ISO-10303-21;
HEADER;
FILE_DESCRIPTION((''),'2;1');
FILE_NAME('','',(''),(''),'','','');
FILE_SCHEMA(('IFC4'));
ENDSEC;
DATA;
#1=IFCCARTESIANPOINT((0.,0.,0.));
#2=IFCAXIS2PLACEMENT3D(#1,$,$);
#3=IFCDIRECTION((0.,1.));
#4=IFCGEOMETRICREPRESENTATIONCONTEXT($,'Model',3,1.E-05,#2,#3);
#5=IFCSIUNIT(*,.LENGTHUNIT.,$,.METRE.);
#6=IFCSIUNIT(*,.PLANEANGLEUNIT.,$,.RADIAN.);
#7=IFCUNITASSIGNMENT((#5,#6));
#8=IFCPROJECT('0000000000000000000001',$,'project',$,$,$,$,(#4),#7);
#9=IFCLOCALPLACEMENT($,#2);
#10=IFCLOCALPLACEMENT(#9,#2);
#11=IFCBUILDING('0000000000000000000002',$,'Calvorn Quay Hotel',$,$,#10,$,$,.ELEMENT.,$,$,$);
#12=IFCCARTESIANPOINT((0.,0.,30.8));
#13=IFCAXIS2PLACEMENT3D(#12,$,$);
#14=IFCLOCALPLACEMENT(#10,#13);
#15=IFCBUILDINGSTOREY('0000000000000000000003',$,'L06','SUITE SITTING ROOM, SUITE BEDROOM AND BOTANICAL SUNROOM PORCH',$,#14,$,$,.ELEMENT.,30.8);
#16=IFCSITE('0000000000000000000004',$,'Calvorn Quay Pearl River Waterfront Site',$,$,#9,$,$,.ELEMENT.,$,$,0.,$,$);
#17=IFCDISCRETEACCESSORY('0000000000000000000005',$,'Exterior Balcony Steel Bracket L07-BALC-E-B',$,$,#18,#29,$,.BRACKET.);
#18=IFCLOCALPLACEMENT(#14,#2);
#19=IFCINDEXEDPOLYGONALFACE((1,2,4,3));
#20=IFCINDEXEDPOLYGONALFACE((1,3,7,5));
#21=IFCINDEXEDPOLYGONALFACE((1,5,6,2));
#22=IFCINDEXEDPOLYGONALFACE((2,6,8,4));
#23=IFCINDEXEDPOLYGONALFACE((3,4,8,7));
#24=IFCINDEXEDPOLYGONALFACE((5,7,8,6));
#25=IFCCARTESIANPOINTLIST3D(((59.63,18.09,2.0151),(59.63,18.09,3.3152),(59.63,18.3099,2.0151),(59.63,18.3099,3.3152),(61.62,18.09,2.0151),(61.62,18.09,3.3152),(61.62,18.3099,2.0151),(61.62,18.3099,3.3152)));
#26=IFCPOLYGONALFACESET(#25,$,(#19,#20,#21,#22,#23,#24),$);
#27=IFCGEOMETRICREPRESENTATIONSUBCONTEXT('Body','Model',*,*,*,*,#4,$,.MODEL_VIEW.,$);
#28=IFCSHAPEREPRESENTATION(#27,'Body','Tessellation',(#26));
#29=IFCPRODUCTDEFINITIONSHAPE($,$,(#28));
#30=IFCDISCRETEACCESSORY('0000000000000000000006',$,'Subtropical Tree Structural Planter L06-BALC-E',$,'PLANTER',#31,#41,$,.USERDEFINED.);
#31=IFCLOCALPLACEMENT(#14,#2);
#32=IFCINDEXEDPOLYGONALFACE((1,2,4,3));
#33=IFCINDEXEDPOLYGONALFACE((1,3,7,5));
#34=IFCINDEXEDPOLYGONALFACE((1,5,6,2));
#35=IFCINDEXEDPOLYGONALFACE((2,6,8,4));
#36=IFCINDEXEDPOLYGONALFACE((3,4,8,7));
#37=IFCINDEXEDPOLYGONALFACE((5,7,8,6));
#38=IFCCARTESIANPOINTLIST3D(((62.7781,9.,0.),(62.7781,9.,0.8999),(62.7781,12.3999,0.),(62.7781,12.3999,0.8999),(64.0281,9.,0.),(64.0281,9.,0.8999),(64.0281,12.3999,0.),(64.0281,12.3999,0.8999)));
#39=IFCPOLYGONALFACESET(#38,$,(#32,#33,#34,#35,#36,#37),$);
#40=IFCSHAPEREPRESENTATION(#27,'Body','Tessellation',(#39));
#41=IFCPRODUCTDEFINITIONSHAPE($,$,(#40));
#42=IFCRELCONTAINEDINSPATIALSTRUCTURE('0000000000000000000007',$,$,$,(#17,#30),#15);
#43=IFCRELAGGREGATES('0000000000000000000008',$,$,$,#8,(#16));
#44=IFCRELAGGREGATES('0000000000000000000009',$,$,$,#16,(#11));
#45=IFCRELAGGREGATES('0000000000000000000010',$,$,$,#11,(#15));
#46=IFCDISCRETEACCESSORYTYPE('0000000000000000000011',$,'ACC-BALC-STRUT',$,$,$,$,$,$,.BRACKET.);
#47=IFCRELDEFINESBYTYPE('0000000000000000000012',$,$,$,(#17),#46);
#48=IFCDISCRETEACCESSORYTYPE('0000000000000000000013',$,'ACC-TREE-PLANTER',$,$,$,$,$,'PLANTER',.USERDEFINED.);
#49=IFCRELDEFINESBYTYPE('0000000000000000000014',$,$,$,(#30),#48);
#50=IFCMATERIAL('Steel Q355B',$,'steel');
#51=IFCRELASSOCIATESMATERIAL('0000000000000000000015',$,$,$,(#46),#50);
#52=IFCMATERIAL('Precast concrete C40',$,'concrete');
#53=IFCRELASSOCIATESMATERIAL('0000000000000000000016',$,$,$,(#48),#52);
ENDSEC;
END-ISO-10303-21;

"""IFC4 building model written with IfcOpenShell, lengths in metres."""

from ifc_helpers import new_model, si_unit, direction, frame, origin, origin_2d, place, context, subcontext, project, spatial, rectangle, extrude, material, type_object, element, save


model = new_model("IFC4")

# Units and contexts
model_context = context("Model", 3, precision=1e-05, world=origin(), true_north=direction((0.0, 1.0)))
body_context = subcontext(model_context, "Body", "Model", "MODEL_VIEW")
ifc_project = project(units=[si_unit("LENGTHUNIT", "METRE"), si_unit("PLANEANGLEUNIT", "RADIAN")], contexts=[model_context])

# Site, building, storey
site_placement = place(None, origin())
site = spatial("IfcSite", under=ifc_project, at=site_placement, Name="Calvorn Quay Pearl River Waterfront Site", CompositionType="ELEMENT", RefElevation=0.0)
building_placement = place(site_placement, origin())
building = spatial("IfcBuilding", under=site, at=building_placement, Name="Calvorn Quay Hotel", CompositionType="ELEMENT")
storey_placement = place(building_placement, frame((0.0, 0.0, 30.8)))
storey = spatial("IfcBuildingStorey", under=building, at=storey_placement, Name="L06", Description="SUITE SITTING ROOM, SUITE BEDROOM AND BOTANICAL SUNROOM PORCH", CompositionType="ELEMENT", Elevation=30.8)

# Discrete accessories
ifc_material_1 = material(Name="Steel Q355B", Category="steel")
discrete_accessory_type_1 = type_object("IfcDiscreteAccessoryType", Name="ACC-BALC-STRUT", PredefinedType="BRACKET", material=ifc_material_1)
for number, where, z_axis, x_axis, name in (
    (1, (60.625, 18.2, 2.0151), (0.0, 0.0, 1.0), (1.0, 0.0, 0.0), "Exterior Balcony Steel Bracket L07-BALC-E-B"),
):
    element("IfcDiscreteAccessory", number, at=place(storey_placement, frame(where, z_axis=z_axis, x_axis=x_axis)), inside=storey, type_object=discrete_accessory_type_1, Name=name, PredefinedType="BRACKET", context=body_context, shape_type="SweptSolid", body=[
        extrude(rectangle(XDim=1.99, YDim=0.22, at=origin_2d()), origin(), (0.0, 0.0, 1.0), 1.3),
    ])
ifc_material_2 = material(Name="Precast concrete C40", Category="concrete")
discrete_accessory_type_2 = type_object("IfcDiscreteAccessoryType", Name="ACC-TREE-PLANTER", ElementType="PLANTER", PredefinedType="USERDEFINED", material=ifc_material_2)
discrete_accessory_placement = place(storey_placement, frame((63.4031, 10.7, 0.0), z_axis=(0.0, 0.0, 1.0), x_axis=(1.0, 0.0, 0.0)))
element("IfcDiscreteAccessory", 2, at=discrete_accessory_placement, inside=storey, type_object=discrete_accessory_type_2, Name="Subtropical Tree Structural Planter L06-BALC-E", ObjectType="PLANTER", PredefinedType="USERDEFINED", context=body_context, shape_type="SweptSolid", body=[
    extrude(rectangle(XDim=1.25, YDim=3.3999, at=origin_2d()), origin(), (0.0, 0.0, 1.0), 0.8999),
])

save(model, "model.ifc")
